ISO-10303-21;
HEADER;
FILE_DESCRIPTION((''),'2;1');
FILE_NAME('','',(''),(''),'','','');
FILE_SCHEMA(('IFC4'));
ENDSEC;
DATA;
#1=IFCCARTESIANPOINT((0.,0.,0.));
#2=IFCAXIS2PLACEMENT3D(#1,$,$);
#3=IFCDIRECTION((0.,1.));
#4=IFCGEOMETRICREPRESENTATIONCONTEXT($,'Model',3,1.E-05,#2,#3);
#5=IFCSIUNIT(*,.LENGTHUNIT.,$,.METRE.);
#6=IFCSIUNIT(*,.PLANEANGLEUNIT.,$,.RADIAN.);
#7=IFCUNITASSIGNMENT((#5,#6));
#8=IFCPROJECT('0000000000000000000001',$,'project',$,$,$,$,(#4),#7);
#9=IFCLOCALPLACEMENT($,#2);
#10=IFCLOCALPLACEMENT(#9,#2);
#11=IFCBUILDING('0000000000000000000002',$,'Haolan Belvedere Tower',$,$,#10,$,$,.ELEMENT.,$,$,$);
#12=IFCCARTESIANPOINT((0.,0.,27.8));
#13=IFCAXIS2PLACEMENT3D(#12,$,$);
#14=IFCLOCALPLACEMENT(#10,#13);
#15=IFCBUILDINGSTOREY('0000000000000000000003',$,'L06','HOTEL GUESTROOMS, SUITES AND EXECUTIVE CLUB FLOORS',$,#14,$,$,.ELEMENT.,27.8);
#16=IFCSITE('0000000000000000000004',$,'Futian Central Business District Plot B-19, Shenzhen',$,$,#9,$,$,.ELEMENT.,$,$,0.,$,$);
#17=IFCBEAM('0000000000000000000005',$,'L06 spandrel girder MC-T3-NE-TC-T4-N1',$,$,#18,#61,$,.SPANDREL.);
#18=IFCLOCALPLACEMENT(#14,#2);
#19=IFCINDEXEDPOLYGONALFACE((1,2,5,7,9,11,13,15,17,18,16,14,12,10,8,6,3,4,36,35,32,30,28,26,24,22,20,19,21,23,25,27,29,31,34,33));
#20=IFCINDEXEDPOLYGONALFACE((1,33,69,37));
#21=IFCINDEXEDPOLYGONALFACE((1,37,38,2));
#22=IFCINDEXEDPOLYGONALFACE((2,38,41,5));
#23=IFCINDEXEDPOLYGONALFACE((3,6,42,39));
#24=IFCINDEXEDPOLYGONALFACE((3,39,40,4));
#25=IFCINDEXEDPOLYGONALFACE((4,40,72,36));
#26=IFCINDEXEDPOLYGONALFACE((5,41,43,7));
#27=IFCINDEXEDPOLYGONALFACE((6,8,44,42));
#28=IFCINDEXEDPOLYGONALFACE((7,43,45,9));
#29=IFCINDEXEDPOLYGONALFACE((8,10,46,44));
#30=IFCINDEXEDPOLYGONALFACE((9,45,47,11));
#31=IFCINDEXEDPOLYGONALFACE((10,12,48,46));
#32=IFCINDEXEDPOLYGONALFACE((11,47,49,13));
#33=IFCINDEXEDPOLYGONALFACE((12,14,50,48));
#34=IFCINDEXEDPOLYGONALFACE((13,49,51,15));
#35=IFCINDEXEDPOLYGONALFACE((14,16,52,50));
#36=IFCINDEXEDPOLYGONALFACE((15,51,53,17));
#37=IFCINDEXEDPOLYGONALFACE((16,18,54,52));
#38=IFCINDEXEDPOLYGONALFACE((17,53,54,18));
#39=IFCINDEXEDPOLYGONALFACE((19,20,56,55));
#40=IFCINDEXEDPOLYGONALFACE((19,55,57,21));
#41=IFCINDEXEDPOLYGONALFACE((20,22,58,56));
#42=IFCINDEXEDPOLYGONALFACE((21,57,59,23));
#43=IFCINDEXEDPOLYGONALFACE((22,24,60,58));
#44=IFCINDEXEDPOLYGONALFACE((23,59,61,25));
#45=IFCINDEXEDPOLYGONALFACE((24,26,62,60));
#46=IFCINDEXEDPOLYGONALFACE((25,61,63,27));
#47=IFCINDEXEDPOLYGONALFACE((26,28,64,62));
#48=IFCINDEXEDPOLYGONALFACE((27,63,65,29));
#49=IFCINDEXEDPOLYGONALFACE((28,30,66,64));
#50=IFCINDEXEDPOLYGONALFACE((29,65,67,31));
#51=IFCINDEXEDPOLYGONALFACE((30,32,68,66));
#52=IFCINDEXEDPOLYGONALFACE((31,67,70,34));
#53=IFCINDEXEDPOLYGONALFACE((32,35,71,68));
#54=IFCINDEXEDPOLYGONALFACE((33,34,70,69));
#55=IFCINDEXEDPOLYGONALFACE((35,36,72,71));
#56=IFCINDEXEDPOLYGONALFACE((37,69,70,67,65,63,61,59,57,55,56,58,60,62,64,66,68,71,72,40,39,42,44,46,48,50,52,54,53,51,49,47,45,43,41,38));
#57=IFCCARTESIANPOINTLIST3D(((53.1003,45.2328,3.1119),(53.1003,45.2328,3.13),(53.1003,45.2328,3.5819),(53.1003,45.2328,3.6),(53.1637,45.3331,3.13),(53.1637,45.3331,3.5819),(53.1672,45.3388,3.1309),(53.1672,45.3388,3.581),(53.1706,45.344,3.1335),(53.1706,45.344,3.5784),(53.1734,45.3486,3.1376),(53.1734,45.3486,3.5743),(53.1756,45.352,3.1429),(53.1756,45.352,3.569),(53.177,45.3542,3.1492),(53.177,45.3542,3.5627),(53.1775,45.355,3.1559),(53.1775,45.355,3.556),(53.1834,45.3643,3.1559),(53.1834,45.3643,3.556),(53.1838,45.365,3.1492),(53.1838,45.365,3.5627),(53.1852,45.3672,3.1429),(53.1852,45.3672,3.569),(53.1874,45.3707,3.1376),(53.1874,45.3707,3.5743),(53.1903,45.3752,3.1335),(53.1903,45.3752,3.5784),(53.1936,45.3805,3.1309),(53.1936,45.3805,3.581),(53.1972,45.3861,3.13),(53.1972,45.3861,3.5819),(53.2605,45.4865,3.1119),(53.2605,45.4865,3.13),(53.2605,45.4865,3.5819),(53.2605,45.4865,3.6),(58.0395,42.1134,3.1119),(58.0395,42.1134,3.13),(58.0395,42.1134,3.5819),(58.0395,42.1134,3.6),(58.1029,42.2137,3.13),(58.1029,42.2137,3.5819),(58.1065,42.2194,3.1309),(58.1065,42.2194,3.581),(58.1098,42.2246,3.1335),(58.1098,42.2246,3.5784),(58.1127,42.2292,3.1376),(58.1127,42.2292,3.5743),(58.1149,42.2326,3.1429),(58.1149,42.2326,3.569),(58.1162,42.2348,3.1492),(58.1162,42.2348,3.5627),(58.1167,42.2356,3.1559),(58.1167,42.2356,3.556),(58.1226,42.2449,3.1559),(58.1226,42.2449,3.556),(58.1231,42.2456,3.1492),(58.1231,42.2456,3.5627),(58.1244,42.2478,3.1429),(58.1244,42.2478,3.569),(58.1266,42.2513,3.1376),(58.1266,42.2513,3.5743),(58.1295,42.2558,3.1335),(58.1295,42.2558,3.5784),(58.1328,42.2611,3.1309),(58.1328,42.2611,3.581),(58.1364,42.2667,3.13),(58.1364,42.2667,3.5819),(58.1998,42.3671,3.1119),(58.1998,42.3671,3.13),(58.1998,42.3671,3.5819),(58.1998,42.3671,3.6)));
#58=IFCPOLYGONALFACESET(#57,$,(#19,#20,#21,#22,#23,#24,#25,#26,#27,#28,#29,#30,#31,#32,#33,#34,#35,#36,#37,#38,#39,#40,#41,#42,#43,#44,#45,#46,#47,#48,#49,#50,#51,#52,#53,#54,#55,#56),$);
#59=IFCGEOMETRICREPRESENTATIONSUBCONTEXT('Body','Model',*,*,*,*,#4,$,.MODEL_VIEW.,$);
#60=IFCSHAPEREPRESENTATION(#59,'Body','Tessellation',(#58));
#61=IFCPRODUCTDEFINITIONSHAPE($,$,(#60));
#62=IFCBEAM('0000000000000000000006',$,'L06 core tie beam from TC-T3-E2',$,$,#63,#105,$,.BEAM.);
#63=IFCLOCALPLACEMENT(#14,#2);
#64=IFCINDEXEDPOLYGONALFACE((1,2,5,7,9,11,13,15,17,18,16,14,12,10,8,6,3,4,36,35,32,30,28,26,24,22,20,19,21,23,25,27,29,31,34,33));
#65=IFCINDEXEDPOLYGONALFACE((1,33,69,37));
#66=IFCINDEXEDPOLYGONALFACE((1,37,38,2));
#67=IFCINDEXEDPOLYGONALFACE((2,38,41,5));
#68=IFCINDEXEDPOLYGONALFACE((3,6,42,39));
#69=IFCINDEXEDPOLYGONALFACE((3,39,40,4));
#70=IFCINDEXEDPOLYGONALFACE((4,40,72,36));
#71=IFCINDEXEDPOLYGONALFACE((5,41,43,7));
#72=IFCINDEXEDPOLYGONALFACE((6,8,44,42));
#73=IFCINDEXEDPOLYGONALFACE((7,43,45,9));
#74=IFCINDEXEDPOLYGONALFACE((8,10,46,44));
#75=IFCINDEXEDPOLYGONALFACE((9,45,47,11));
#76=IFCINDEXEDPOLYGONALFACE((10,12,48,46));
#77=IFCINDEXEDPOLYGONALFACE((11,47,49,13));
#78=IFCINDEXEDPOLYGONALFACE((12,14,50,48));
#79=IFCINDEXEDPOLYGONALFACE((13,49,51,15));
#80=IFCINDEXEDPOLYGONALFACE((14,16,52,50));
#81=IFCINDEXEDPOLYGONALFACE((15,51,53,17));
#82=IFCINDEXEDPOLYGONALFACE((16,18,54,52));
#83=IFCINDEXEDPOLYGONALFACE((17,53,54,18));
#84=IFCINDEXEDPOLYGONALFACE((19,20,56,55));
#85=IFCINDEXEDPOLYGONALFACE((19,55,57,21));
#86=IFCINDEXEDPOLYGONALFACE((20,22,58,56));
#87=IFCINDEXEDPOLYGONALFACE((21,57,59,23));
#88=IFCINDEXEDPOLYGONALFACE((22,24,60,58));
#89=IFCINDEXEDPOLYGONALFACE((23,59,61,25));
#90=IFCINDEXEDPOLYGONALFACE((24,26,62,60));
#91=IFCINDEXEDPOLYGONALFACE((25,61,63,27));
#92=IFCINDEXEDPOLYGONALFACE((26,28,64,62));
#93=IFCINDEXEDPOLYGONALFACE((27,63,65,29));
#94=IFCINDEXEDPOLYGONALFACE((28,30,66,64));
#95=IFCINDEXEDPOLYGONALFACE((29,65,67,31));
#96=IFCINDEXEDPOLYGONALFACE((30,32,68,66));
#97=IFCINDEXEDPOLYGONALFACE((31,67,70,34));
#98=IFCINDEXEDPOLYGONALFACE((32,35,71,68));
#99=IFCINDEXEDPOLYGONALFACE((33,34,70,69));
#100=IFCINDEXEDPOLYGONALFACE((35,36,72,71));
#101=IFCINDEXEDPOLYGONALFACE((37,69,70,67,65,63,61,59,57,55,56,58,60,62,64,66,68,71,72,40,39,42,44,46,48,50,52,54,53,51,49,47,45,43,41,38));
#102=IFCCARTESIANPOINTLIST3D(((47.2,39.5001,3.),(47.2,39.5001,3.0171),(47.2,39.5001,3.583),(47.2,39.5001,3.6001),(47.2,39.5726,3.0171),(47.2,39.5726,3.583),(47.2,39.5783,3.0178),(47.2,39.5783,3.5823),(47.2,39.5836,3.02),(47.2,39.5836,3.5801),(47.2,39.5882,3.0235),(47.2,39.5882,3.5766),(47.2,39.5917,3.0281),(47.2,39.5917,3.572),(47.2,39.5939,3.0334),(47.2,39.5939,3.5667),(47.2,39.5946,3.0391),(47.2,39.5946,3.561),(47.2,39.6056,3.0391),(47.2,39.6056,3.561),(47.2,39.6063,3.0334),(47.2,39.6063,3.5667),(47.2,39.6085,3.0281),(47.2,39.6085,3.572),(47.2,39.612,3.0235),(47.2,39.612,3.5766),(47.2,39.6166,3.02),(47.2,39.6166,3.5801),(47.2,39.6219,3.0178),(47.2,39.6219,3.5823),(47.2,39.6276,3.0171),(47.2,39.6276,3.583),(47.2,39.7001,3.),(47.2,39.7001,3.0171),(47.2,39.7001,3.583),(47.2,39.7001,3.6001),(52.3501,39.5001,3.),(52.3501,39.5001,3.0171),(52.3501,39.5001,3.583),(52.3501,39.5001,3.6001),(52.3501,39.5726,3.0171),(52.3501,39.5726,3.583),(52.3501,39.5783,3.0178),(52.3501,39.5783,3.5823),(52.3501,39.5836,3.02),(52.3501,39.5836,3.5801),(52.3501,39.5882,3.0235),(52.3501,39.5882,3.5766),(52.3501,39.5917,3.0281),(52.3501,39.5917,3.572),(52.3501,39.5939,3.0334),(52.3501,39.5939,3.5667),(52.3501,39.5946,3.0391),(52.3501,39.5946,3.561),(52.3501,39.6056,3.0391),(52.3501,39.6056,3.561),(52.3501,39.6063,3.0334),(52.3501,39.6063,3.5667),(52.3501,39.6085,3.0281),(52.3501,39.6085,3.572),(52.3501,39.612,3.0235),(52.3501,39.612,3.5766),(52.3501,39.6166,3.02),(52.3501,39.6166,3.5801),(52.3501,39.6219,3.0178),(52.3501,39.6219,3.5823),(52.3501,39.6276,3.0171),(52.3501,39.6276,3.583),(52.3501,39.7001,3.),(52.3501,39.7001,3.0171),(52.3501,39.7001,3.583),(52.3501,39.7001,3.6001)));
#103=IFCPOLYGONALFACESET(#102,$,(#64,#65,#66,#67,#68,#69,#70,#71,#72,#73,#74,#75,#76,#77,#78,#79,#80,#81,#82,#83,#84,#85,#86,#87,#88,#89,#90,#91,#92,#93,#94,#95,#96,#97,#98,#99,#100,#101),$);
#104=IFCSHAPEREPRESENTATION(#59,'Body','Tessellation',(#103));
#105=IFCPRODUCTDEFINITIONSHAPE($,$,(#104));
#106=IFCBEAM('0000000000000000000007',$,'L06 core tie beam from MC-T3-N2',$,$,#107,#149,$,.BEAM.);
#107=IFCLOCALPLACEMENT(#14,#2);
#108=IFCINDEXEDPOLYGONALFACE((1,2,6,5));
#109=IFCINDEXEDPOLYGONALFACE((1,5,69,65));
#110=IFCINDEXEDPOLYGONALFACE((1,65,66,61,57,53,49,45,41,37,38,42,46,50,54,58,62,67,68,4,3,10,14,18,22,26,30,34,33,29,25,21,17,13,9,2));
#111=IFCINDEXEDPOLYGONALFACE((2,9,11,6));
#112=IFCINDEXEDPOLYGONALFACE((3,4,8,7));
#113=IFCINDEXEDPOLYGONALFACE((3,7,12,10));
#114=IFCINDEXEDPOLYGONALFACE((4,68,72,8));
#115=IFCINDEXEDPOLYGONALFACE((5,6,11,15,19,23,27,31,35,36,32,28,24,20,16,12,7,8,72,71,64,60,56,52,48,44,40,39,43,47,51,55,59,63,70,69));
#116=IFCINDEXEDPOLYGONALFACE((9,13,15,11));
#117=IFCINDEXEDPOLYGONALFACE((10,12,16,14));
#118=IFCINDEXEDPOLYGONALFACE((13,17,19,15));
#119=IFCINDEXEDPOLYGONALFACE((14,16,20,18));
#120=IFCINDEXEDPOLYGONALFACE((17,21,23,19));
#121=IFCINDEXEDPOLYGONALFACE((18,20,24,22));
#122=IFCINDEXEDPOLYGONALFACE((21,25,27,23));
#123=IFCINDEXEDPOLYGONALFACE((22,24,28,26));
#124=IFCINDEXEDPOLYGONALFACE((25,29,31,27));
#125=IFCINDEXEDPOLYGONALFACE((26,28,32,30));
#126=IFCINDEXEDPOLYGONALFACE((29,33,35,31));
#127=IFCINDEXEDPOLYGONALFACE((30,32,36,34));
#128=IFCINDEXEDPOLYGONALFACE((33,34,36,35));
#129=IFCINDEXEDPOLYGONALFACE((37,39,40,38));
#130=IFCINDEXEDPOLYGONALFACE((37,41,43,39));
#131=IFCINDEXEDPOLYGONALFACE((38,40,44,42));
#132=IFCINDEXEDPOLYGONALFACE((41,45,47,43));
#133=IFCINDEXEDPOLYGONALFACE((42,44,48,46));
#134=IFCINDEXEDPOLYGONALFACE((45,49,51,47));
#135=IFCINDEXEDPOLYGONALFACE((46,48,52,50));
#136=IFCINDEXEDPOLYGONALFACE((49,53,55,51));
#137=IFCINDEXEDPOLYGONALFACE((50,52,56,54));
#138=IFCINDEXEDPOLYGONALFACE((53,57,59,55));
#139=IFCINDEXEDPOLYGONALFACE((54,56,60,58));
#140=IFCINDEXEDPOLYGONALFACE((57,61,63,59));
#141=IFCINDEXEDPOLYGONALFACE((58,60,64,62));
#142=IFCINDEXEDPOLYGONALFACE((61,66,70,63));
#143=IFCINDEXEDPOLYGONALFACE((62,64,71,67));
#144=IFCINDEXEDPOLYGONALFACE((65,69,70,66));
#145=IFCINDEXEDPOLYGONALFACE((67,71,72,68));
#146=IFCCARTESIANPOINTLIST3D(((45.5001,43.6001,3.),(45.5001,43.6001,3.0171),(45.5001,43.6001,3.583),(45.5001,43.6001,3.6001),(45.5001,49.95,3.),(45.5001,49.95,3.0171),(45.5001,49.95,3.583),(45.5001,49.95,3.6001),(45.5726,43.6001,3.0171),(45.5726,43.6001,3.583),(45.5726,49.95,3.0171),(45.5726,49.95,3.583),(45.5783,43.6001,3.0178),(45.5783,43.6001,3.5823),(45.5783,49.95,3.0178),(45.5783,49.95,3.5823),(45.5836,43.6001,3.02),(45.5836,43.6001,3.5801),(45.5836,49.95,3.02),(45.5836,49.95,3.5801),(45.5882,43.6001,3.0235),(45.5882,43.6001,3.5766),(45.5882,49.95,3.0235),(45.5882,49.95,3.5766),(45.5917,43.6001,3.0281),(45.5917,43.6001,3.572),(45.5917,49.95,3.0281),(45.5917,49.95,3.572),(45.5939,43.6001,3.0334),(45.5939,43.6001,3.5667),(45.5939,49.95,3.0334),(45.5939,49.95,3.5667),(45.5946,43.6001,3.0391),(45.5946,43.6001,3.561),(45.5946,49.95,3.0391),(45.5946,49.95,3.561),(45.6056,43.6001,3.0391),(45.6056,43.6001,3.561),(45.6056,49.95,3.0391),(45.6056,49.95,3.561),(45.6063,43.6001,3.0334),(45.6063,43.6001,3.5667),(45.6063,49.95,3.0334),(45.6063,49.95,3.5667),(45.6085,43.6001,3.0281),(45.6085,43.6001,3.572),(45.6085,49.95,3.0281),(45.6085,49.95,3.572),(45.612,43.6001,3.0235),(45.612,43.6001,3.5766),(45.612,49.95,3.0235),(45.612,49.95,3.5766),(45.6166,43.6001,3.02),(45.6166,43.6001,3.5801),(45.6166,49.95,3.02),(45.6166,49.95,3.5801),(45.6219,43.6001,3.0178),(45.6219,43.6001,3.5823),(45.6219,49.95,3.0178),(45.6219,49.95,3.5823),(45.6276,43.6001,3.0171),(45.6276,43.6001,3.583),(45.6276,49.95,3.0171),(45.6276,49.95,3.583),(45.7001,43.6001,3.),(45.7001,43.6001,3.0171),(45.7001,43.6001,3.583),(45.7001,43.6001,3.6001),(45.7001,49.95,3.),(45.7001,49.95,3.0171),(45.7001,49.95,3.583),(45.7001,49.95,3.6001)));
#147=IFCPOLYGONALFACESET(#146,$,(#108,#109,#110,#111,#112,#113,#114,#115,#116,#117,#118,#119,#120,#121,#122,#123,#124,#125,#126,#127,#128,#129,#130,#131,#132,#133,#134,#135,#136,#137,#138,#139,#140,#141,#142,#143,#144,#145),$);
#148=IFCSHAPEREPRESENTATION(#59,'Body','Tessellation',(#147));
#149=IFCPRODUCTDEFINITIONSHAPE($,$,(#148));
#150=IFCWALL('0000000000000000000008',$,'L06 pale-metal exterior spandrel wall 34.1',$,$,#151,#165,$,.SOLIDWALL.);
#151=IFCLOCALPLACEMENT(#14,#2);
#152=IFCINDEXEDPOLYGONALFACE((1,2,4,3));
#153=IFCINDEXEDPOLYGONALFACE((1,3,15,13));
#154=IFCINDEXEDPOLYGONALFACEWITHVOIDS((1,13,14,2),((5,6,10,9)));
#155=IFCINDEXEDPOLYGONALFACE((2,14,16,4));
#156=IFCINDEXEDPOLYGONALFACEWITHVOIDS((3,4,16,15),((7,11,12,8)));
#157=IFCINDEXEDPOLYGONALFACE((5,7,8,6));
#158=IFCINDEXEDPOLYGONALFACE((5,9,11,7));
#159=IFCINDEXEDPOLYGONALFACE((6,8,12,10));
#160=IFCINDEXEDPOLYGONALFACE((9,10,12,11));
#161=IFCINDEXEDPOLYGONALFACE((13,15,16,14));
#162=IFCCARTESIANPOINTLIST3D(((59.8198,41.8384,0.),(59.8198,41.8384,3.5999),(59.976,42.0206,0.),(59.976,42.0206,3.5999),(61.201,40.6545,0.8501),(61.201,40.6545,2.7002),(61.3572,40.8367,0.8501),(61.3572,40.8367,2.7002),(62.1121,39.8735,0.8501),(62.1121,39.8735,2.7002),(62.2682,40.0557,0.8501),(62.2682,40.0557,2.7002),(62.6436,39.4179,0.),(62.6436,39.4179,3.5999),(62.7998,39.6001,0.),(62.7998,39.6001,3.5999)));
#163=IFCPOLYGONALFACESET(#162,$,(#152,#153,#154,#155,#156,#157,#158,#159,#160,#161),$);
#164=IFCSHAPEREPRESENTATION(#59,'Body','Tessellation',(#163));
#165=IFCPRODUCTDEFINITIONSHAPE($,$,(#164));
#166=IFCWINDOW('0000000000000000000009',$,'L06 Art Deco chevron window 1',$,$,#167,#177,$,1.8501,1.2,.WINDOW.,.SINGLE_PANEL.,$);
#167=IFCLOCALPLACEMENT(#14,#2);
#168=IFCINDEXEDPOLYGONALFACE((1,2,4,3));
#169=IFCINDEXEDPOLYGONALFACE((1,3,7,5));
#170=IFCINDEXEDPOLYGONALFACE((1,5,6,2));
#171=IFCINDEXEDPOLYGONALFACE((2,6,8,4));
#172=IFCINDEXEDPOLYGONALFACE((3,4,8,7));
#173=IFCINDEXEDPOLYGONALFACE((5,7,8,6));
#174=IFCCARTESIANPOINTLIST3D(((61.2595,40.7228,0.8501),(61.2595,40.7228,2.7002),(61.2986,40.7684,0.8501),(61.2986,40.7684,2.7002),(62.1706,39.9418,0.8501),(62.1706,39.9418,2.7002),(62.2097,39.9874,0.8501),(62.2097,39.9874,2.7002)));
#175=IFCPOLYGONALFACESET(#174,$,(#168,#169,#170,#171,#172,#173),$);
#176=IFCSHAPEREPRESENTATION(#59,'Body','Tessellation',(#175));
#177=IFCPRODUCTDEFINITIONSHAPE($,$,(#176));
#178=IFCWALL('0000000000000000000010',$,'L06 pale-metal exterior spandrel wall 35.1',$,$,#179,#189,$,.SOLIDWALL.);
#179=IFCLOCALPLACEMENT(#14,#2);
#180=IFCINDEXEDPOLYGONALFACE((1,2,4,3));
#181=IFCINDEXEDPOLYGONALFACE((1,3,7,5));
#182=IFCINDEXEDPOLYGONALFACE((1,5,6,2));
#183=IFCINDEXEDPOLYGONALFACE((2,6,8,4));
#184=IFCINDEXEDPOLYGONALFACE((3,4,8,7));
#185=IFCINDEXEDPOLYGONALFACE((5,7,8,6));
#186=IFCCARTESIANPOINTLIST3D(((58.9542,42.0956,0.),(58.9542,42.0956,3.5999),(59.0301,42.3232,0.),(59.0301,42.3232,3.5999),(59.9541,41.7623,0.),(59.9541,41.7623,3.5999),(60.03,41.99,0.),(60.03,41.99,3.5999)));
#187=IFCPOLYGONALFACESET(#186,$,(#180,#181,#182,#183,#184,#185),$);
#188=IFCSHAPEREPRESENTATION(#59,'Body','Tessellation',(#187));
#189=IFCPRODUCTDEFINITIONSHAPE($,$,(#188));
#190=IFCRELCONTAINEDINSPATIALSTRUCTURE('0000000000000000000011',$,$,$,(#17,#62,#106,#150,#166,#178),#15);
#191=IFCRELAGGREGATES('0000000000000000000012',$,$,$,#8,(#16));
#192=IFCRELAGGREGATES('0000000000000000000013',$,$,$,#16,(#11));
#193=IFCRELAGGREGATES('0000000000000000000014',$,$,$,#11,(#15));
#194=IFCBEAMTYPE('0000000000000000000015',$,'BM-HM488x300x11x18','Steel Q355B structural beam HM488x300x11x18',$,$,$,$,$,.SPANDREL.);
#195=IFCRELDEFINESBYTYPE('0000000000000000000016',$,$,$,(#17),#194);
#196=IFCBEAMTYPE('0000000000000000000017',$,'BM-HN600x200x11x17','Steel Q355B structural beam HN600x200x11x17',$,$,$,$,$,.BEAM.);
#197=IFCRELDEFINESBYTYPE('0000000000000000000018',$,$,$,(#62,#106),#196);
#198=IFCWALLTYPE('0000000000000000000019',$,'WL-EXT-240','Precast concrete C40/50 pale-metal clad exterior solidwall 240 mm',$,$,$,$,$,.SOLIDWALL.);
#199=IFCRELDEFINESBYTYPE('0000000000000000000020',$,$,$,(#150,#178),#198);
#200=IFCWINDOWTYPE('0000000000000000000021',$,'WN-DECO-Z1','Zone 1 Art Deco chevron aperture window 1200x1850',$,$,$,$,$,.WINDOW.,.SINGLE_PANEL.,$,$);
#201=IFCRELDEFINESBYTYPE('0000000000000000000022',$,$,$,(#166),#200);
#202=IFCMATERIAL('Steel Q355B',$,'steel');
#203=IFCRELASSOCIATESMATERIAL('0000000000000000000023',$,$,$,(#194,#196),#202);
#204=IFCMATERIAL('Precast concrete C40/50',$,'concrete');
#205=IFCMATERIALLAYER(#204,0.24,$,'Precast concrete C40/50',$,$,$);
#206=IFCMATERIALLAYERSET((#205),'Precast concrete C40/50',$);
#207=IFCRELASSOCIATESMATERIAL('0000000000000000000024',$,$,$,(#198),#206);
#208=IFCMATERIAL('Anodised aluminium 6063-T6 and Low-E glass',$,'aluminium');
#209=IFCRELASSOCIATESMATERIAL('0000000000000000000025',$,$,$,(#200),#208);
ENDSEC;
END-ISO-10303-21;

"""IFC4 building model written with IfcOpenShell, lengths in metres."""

from ifc_helpers import new_model, si_unit, direction, frame, frame_2d, origin, origin_2d, place, context, subcontext, project, spatial, rectangle, i_section, extrude, material, layer, layer_set, material_profile, profile_set, type_object, element, fill, save


model = new_model("IFC4")

# Units and contexts
model_context = context("Model", 3, precision=1e-05, world=origin(), true_north=direction((0.0, 1.0)))
body_context = subcontext(model_context, "Body", "Model", "MODEL_VIEW")
ifc_project = project(units=[si_unit("LENGTHUNIT", "METRE"), si_unit("PLANEANGLEUNIT", "RADIAN")], contexts=[model_context])

# Site, building, storey
site_placement = place(None, origin())
site = spatial("IfcSite", under=ifc_project, at=site_placement, Name="Futian Central Business District Plot B-19, Shenzhen", CompositionType="ELEMENT", RefElevation=0.0)
building_placement = place(site_placement, origin())
building = spatial("IfcBuilding", under=site, at=building_placement, Name="Haolan Belvedere Tower", CompositionType="ELEMENT")
storey_placement = place(building_placement, frame((0.0, 0.0, 27.8)))
storey = spatial("IfcBuildingStorey", under=building, at=storey_placement, Name="L06", Description="HOTEL GUESTROOMS, SUITES AND EXECUTIVE CLUB FLOORS", CompositionType="ELEMENT", Elevation=27.8)

# Shared definitions
ifc_material_1 = material(Name="Steel Q355B", Category="steel")

# Beams
ifc_material_profile_1 = material_profile(ifc_material_1, i_section(OverallWidth=0.3, OverallDepth=0.488, WebThickness=0.011, FlangeThickness=0.0181, FilletRadius=0.0259, at=origin_2d()), Name="Steel Q355B")
ifc_profile_set_1 = profile_set([ifc_material_profile_1], Name="Steel Q355B")
beam_type_1 = type_object("IfcBeamType", Name="BM-HM488x300x11x18", Description="Steel Q355B structural beam HM488x300x11x18", PredefinedType="SPANDREL", material=ifc_profile_set_1)
beam_1_placement = place(storey_placement, frame((53.1804, 45.3596, 3.356), z_axis=(0.845498, -0.533979, 0.0), x_axis=(0.533979, 0.845498, 0.0)))
element("IfcBeam", 1, at=beam_1_placement, inside=storey, type_object=beam_type_1, Name="L06 spandrel girder MC-T3-NE-TC-T4-N1", PredefinedType="SPANDREL", context=body_context, shape_type="SweptSolid", body=[
    extrude(i_section(OverallWidth=0.3, OverallDepth=0.488, WebThickness=0.011, FlangeThickness=0.0181, FilletRadius=0.0259, at=origin_2d()), origin(), (0.0, 0.0, 1.0), 5.8418),
])
ifc_material_profile_2 = material_profile(ifc_material_1, i_section(OverallWidth=0.2, OverallDepth=0.6001, WebThickness=0.011, FlangeThickness=0.0171, FilletRadius=0.022, at=origin_2d()), Name="Steel Q355B")
ifc_profile_set_2 = profile_set([ifc_material_profile_2], Name="Steel Q355B")
beam_type_2 = type_object("IfcBeamType", Name="BM-HN600x200x11x17", Description="Steel Q355B structural beam HN600x200x11x17", PredefinedType="BEAM", material=ifc_profile_set_2)
beam_2_placement = place(storey_placement, frame((52.3501, 39.6001, 3.3), z_axis=(-1.0, 0.0, 0.0), x_axis=(0.0, -1.0, 0.0)))
element("IfcBeam", 2, at=beam_2_placement, inside=storey, type_object=beam_type_2, Name="L06 core tie beam from TC-T3-E2", PredefinedType="BEAM", context=body_context, shape_type="SweptSolid", body=[
    extrude(i_section(OverallWidth=0.2, OverallDepth=0.6001, WebThickness=0.011, FlangeThickness=0.0171, FilletRadius=0.022, at=origin_2d()), origin(), (0.0, 0.0, 1.0), 5.1501),
])
beam_3_placement = place(storey_placement, frame((45.6001, 49.95, 3.3), z_axis=(0.0, -1.0, 0.0), x_axis=(1.0, 0.0, 0.0)))
element("IfcBeam", 3, at=beam_3_placement, inside=storey, type_object=beam_type_2, Name="L06 core tie beam from MC-T3-N2", PredefinedType="BEAM", context=body_context, shape_type="SweptSolid", body=[
    extrude(i_section(OverallWidth=0.2, OverallDepth=0.6001, WebThickness=0.011, FlangeThickness=0.0171, FilletRadius=0.022, at=origin_2d()), origin(), (0.0, 0.0, 1.0), 6.3499),
])

# Wall, opening, window
ifc_material_2 = material(Name="Precast concrete C40/50", Category="concrete")
ifc_layer_1 = layer(ifc_material_2, 0.24, Name="Precast concrete C40/50")
ifc_layer_set_1 = layer_set([ifc_layer_1], Name="Precast concrete C40/50")
wall_type_1 = type_object("IfcWallType", Name="WL-EXT-240", Description="Precast concrete C40/50 pale-metal clad exterior solidwall 240 mm", PredefinedType="SOLIDWALL", material=ifc_layer_set_1)
wall_1_placement = place(storey_placement, frame((62.7217, 39.509, 0.0), z_axis=(0.0, 0.0, 1.0), x_axis=(-0.759247, 0.650802, 0.0)))
wall_1 = element("IfcWall", 4, at=wall_1_placement, inside=storey, type_object=wall_type_1, Name="L06 pale-metal exterior spandrel wall 34.1", PredefinedType="SOLIDWALL", context=body_context, shape_type="SweptSolid", body=[
    extrude(rectangle(XDim=3.7192, YDim=0.24, at=frame_2d((1.8596, 0.0))), origin(), (0.0, 0.0, 1.0), 3.5999),
])
opening_1_placement = place(wall_1_placement, frame((0.7, 0.0, 0.8501)))
opening_1 = element("IfcOpeningElement", 5, at=opening_1_placement, cuts=wall_1, PredefinedType="OPENING", context=body_context, shape_type="SweptSolid", body=[
    extrude(rectangle(XDim=1.2, YDim=1.8501, at=frame_2d((0.6001, 0.925))), frame((0.0, 0.1299, 0.0), z_axis=(0.0, -1.0, 0.0), x_axis=(1.0, 0.0, 0.0)), (0.0, 0.0, 1.0), 0.26),
])
ifc_material_3 = material(Name="Anodised aluminium 6063-T6 and Low-E glass", Category="aluminium")
window_type = type_object("IfcWindowType", Name="WN-DECO-Z1", Description="Zone 1 Art Deco chevron aperture window 1200x1850", PartitioningType="SINGLE_PANEL", PredefinedType="WINDOW", material=ifc_material_3)
window_1_placement = place(opening_1_placement, origin())
window_1 = element("IfcWindow", 6, at=window_1_placement, inside=storey, type_object=window_type, Name="L06 Art Deco chevron window 1", OverallHeight=1.8501, OverallWidth=1.2, PartitioningType="SINGLE_PANEL", PredefinedType="WINDOW", context=body_context, shape_type="SweptSolid", body=[
    extrude(rectangle(XDim=1.2, YDim=1.8501, at=frame_2d((0.6001, 0.925))), frame((0.0, 0.03, 0.0), z_axis=(0.0, -1.0, 0.0), x_axis=(1.0, 0.0, 0.0)), (0.0, 0.0, 1.0), 0.0601),
])
fill(opening_1, window_1)

# Wall
wall_2_placement = place(storey_placement, frame((59.9919, 41.8762, 0.0), z_axis=(0.0, 0.0, 1.0), x_axis=(-0.948706, 0.316158, 0.0)))
element("IfcWall", 7, at=wall_2_placement, inside=storey, type_object=wall_type_1, Name="L06 pale-metal exterior spandrel wall 35.1", PredefinedType="SOLIDWALL", context=body_context, shape_type="SweptSolid", body=[
    extrude(rectangle(XDim=1.054, YDim=0.24, at=frame_2d((0.5269, 0.0))), origin(), (0.0, 0.0, 1.0), 3.5999),
])

save(model, "model.ifc")
